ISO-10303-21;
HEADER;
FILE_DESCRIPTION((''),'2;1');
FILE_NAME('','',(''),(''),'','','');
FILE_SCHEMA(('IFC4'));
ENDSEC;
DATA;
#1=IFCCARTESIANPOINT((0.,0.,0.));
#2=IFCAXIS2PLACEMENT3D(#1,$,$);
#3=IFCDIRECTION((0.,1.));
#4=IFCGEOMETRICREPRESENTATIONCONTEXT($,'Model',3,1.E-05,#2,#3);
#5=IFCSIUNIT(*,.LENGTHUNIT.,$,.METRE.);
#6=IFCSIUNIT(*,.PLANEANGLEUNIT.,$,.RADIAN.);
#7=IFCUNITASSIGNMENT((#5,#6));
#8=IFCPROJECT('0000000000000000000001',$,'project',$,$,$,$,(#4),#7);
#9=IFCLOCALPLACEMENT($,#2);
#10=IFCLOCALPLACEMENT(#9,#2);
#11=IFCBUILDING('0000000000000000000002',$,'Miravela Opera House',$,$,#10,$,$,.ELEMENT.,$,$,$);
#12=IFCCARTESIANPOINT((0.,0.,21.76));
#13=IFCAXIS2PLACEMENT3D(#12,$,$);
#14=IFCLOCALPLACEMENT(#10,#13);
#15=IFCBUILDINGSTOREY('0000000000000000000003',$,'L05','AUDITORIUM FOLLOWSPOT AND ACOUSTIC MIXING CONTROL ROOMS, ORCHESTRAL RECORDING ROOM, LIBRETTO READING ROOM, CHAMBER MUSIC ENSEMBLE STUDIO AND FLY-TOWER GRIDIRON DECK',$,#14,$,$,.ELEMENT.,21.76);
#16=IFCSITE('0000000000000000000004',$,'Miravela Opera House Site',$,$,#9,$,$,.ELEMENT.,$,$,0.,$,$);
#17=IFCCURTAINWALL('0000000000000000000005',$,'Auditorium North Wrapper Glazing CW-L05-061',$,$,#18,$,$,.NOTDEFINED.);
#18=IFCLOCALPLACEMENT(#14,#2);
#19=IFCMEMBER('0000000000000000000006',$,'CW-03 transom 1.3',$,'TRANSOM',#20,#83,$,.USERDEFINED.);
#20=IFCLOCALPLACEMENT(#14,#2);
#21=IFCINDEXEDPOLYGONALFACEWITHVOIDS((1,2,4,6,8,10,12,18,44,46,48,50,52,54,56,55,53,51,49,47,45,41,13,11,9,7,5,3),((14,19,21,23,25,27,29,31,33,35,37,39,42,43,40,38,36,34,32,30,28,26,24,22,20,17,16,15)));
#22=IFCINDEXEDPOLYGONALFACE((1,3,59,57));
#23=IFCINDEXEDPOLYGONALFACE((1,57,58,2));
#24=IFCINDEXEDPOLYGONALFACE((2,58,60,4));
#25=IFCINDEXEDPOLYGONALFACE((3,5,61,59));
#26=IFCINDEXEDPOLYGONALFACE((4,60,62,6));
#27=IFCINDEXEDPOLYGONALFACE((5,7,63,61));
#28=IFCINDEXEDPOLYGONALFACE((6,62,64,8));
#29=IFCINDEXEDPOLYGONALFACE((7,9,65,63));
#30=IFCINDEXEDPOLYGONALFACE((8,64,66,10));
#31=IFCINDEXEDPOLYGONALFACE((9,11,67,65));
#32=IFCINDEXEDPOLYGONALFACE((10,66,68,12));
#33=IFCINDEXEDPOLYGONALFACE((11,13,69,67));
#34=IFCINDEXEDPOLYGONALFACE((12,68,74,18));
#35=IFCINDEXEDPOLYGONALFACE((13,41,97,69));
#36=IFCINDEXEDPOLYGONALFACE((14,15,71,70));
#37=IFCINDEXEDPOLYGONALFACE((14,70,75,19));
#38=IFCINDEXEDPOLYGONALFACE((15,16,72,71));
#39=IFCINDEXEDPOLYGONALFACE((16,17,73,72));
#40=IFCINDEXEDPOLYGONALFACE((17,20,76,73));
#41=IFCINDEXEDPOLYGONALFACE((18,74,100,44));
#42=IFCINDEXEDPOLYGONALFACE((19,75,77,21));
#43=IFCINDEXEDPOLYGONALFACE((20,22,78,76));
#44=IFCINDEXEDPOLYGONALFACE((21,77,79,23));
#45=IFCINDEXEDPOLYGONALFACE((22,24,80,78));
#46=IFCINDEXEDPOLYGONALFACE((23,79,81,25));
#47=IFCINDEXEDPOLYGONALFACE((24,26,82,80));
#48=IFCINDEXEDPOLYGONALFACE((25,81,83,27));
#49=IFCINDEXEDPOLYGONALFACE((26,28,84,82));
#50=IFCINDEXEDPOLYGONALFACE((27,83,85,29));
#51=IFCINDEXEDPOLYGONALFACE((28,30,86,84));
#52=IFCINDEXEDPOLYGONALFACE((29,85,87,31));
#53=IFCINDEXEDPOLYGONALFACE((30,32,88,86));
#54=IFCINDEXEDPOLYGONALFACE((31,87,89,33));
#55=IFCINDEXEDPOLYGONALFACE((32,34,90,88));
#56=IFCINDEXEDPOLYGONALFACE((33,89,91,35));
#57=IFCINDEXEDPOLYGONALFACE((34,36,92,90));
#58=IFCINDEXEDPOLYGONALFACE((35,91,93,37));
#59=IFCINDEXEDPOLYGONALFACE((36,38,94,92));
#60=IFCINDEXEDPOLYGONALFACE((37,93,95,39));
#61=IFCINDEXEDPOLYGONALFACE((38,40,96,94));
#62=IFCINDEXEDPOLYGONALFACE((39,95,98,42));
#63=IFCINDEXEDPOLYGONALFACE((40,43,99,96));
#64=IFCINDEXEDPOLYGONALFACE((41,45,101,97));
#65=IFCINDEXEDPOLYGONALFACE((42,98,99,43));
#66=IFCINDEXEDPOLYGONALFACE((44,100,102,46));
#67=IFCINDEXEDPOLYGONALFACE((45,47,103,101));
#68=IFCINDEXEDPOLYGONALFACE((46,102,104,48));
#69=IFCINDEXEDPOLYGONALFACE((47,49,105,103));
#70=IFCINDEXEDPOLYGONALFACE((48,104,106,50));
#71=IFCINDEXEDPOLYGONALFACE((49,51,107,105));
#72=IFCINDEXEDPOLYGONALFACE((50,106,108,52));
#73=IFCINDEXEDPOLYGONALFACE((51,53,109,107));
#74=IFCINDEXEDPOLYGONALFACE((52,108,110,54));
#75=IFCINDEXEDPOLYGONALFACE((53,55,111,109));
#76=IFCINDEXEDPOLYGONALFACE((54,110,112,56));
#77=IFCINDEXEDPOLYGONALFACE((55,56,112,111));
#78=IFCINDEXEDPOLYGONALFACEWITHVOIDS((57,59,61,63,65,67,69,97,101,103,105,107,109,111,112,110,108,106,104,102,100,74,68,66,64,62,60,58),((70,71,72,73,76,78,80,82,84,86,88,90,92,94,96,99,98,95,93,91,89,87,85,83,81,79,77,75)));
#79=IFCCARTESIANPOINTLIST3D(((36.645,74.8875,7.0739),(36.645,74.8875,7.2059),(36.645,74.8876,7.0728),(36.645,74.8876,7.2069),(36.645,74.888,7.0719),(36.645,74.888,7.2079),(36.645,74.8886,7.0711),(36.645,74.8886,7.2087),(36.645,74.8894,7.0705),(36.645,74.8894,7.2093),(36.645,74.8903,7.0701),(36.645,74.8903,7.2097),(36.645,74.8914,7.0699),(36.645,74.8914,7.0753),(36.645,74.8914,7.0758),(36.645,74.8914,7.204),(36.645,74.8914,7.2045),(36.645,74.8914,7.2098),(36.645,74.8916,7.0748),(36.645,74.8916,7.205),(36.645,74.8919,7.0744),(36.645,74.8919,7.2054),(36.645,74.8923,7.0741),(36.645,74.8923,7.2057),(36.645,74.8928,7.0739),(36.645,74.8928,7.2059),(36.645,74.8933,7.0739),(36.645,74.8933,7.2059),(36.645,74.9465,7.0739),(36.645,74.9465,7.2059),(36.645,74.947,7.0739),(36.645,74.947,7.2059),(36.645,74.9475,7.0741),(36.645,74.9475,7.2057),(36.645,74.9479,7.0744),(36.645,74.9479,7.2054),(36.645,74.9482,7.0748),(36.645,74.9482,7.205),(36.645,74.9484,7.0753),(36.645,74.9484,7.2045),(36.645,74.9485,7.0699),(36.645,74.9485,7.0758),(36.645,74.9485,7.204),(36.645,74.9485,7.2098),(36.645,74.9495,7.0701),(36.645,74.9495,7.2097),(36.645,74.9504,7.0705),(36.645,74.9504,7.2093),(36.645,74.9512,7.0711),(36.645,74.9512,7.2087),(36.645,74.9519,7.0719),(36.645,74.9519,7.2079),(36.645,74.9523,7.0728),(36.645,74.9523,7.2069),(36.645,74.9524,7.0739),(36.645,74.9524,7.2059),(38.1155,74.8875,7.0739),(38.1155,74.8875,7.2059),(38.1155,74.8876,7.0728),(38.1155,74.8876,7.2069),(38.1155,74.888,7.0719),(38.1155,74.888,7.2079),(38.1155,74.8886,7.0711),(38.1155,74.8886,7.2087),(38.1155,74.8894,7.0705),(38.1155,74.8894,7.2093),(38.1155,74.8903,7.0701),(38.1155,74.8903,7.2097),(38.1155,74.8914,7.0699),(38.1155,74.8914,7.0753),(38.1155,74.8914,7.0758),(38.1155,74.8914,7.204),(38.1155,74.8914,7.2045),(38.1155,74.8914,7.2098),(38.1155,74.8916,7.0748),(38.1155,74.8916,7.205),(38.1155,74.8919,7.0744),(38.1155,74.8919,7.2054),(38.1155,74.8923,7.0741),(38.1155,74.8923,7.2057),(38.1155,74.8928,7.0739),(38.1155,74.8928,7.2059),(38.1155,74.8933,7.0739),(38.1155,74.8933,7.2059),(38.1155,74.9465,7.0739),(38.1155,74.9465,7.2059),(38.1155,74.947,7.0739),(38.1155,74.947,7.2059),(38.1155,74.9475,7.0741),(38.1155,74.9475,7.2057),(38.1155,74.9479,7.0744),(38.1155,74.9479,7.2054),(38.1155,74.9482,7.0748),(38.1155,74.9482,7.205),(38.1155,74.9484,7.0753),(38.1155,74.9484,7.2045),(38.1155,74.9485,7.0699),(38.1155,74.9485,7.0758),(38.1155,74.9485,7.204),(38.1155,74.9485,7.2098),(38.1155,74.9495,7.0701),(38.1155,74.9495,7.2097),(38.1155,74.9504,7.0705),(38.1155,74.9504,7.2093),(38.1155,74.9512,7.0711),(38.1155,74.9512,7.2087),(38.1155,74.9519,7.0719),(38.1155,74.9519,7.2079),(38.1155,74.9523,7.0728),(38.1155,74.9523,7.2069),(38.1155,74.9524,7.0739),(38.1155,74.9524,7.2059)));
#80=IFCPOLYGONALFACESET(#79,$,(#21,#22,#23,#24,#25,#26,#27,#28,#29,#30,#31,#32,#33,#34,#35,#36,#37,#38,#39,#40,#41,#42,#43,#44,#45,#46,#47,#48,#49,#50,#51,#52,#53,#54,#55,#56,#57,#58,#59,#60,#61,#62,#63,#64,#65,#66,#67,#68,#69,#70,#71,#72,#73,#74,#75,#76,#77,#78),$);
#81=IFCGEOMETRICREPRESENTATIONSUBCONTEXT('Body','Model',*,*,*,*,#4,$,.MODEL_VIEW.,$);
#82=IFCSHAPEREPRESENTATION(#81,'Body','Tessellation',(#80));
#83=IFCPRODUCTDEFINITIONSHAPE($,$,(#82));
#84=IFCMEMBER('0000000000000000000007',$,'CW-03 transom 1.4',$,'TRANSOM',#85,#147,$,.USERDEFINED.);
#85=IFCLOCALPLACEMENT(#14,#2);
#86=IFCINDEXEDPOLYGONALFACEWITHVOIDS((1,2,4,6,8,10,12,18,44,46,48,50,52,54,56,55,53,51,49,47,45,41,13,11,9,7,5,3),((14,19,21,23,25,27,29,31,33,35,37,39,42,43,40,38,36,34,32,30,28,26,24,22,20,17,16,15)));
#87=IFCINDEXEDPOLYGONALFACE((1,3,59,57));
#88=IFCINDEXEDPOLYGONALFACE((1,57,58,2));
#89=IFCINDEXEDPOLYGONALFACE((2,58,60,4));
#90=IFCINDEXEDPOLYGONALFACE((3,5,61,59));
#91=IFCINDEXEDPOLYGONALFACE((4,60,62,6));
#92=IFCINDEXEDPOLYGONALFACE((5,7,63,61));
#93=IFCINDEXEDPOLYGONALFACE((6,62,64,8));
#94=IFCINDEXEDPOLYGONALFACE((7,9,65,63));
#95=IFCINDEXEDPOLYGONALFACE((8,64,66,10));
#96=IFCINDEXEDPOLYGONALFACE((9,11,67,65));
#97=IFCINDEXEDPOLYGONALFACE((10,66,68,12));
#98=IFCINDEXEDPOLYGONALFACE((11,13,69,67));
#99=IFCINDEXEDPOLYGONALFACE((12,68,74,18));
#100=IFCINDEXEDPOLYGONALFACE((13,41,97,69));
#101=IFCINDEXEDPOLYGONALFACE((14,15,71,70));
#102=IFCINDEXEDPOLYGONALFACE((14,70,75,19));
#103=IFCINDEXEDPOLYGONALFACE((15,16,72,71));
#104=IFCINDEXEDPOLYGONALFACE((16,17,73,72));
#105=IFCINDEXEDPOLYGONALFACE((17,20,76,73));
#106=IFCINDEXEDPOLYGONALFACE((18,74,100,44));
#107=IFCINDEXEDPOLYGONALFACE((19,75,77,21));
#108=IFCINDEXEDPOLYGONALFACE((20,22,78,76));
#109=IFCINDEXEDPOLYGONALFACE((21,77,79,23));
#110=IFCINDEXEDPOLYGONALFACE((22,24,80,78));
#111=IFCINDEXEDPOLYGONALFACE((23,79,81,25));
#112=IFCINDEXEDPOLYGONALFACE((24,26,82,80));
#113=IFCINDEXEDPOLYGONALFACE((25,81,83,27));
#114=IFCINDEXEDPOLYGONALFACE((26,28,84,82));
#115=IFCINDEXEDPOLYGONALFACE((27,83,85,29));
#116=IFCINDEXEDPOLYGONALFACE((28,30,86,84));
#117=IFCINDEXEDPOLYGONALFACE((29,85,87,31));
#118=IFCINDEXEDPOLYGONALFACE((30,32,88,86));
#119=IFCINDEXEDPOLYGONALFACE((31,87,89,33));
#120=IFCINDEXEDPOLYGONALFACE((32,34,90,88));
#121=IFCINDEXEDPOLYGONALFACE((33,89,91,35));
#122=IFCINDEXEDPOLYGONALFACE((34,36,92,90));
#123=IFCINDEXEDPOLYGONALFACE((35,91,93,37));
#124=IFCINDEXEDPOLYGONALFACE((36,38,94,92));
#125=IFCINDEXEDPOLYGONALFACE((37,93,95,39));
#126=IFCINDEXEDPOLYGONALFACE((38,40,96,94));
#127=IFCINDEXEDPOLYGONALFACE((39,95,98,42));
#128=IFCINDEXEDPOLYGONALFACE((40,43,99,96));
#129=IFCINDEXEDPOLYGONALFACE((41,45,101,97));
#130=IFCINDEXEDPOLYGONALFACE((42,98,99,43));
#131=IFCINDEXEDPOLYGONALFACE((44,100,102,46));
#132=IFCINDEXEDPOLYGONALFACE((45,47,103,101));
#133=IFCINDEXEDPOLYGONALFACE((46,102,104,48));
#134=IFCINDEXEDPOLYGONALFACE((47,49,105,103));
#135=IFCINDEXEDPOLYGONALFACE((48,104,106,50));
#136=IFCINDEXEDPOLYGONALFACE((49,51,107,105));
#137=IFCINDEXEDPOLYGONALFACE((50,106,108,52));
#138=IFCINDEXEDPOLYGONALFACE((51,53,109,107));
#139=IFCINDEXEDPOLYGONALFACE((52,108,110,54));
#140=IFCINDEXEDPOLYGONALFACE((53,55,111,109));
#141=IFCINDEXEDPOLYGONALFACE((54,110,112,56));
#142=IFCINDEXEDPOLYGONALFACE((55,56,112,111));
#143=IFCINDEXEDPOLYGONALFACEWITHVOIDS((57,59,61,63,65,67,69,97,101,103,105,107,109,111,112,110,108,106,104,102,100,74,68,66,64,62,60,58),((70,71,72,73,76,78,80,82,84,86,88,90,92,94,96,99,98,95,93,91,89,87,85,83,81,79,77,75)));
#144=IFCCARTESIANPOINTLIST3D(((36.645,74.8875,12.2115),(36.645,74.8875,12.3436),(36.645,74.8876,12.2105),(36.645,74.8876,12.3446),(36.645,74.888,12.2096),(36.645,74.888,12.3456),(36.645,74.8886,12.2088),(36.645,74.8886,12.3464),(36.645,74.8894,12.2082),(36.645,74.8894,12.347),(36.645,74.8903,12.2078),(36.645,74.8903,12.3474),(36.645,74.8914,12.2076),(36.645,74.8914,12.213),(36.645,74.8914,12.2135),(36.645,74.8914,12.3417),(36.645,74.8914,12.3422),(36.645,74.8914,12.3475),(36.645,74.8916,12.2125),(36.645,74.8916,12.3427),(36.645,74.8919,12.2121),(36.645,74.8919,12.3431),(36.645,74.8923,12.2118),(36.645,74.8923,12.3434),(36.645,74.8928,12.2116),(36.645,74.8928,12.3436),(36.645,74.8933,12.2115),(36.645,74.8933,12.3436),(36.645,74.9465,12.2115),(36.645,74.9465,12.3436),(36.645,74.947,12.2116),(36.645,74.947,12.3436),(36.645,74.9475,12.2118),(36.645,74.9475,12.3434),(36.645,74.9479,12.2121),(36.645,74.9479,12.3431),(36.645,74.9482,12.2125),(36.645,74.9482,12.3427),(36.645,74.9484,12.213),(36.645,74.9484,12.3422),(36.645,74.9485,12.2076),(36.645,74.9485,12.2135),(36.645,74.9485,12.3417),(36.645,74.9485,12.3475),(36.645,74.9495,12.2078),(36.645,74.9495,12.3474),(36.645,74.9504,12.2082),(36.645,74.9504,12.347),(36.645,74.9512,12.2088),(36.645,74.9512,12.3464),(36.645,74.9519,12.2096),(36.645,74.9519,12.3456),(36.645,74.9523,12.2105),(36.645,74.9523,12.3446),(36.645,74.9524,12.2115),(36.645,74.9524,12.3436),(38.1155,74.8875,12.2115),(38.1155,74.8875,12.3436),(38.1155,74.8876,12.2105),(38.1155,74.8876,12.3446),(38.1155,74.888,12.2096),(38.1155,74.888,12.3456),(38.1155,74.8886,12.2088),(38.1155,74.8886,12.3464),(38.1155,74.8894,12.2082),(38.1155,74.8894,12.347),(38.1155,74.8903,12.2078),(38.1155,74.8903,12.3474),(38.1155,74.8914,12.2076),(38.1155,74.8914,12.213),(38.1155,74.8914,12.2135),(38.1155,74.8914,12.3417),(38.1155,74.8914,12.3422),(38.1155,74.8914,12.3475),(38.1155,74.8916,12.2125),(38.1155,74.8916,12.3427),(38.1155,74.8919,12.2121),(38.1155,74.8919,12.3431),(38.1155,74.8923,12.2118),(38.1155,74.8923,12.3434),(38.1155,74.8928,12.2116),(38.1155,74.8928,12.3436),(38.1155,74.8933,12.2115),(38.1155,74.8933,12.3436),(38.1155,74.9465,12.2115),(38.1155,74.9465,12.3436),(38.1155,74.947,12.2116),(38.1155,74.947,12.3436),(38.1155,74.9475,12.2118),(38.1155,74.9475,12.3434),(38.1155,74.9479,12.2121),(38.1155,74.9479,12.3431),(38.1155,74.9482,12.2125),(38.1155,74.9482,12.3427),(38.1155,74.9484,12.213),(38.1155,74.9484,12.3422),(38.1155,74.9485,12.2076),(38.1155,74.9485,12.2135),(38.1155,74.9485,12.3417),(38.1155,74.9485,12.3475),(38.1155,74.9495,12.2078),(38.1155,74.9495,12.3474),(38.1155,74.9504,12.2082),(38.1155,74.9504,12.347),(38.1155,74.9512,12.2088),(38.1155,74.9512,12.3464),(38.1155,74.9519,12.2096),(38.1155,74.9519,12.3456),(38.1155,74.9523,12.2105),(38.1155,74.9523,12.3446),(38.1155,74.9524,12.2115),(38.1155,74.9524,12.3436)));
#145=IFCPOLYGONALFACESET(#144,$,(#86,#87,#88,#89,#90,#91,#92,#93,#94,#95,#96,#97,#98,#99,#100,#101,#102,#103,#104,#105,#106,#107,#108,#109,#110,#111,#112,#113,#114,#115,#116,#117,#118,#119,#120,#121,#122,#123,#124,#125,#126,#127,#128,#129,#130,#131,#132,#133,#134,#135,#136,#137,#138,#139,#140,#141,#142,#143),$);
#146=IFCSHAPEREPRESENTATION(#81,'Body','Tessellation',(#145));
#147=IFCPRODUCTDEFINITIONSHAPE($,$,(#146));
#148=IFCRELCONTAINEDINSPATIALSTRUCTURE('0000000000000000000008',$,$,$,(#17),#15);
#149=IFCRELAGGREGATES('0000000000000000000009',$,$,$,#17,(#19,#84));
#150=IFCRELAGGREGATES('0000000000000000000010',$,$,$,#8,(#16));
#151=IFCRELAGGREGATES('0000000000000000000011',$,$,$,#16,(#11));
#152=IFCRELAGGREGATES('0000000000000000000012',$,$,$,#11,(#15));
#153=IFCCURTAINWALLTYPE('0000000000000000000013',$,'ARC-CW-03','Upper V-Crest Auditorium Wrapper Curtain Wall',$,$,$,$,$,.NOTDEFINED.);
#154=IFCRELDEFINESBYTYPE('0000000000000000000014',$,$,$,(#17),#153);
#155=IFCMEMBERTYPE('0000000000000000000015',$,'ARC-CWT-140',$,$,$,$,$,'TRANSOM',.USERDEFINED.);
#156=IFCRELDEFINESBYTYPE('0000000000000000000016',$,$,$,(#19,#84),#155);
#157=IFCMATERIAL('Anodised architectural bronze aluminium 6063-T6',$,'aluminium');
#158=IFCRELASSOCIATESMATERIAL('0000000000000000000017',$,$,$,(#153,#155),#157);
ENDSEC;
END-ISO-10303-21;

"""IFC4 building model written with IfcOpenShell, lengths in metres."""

from ifc_helpers import new_model, si_unit, direction, frame, origin, origin_2d, place, context, subcontext, project, spatial, hollow_rectangle, extrude, material, material_profile, profile_set, type_object, element, aggregate, save


model = new_model("IFC4")

# Units and contexts
model_context = context("Model", 3, precision=1e-05, world=origin(), true_north=direction((0.0, 1.0)))
body_context = subcontext(model_context, "Body", "Model", "MODEL_VIEW")
ifc_project = project(units=[si_unit("LENGTHUNIT", "METRE"), si_unit("PLANEANGLEUNIT", "RADIAN")], contexts=[model_context])

# Site, building, storey
site_placement = place(None, origin())
site = spatial("IfcSite", under=ifc_project, at=site_placement, Name="Miravela Opera House Site", CompositionType="ELEMENT", RefElevation=0.0)
building_placement = place(site_placement, origin())
building = spatial("IfcBuilding", under=site, at=building_placement, Name="Miravela Opera House", CompositionType="ELEMENT")
storey_placement = place(building_placement, frame((0.0, 0.0, 21.76)))
storey = spatial("IfcBuildingStorey", under=building, at=storey_placement, Name="L05", Description="AUDITORIUM FOLLOWSPOT AND ACOUSTIC MIXING CONTROL ROOMS, ORCHESTRAL RECORDING ROOM, LIBRETTO READING ROOM, CHAMBER MUSIC ENSEMBLE STUDIO AND FLY-TOWER GRIDIRON DECK", CompositionType="ELEMENT", Elevation=21.76)

# Curtain wall, members
ifc_material_1 = material(Name="Anodised architectural bronze aluminium 6063-T6", Category="aluminium")
curtain_wall_type = type_object("IfcCurtainWallType", Name="ARC-CW-03", Description="Upper V-Crest Auditorium Wrapper Curtain Wall", PredefinedType="NOTDEFINED", material=ifc_material_1)
curtain_wall_placement = place(storey_placement, origin())
curtain_wall = element("IfcCurtainWall", 1, at=curtain_wall_placement, inside=storey, type_object=curtain_wall_type, Name="Auditorium North Wrapper Glazing CW-L05-061", PredefinedType="NOTDEFINED")
ifc_material_profile_1 = material_profile(ifc_material_1, hollow_rectangle(XDim=0.0649, YDim=0.1399, WallThickness=0.0039, InnerFilletRadius=0.002, OuterFilletRadius=0.0039, at=origin_2d()), Name="CWT-65X140")
ifc_profile_set_1 = profile_set([ifc_material_profile_1])
member_type_1 = type_object("IfcMemberType", Name="ARC-CWT-140", ElementType="TRANSOM", PredefinedType="USERDEFINED", material=ifc_profile_set_1)
member_1_placement = place(storey_placement, frame((36.645, 74.9199, 7.1399), z_axis=(1.0, 0.0, 0.0), x_axis=(0.0, 1.0, 0.0)))
member_1 = element("IfcMember", 2, at=member_1_placement, type_object=member_type_1, Name="CW-03 transom 1.3", ObjectType="TRANSOM", PredefinedType="USERDEFINED", context=body_context, shape_type="SweptSolid", body=[
    extrude(hollow_rectangle(XDim=0.0649, YDim=0.1399, WallThickness=0.0039, InnerFilletRadius=0.002, OuterFilletRadius=0.0039, at=origin_2d()), origin(), (0.0, 0.0, 1.0), 1.4705),
])
member_2_placement = place(storey_placement, frame((36.645, 74.9199, 12.2776), z_axis=(1.0, 0.0, 0.0), x_axis=(0.0, 1.0, 0.0)))
member_2 = element("IfcMember", 3, at=member_2_placement, type_object=member_type_1, Name="CW-03 transom 1.4", ObjectType="TRANSOM", PredefinedType="USERDEFINED", context=body_context, shape_type="SweptSolid", body=[
    extrude(hollow_rectangle(XDim=0.0649, YDim=0.1399, WallThickness=0.0039, InnerFilletRadius=0.002, OuterFilletRadius=0.0039, at=origin_2d()), origin(), (0.0, 0.0, 1.0), 1.4705),
])

aggregate(curtain_wall, [member_1, member_2])

save(model, "model.ifc")
